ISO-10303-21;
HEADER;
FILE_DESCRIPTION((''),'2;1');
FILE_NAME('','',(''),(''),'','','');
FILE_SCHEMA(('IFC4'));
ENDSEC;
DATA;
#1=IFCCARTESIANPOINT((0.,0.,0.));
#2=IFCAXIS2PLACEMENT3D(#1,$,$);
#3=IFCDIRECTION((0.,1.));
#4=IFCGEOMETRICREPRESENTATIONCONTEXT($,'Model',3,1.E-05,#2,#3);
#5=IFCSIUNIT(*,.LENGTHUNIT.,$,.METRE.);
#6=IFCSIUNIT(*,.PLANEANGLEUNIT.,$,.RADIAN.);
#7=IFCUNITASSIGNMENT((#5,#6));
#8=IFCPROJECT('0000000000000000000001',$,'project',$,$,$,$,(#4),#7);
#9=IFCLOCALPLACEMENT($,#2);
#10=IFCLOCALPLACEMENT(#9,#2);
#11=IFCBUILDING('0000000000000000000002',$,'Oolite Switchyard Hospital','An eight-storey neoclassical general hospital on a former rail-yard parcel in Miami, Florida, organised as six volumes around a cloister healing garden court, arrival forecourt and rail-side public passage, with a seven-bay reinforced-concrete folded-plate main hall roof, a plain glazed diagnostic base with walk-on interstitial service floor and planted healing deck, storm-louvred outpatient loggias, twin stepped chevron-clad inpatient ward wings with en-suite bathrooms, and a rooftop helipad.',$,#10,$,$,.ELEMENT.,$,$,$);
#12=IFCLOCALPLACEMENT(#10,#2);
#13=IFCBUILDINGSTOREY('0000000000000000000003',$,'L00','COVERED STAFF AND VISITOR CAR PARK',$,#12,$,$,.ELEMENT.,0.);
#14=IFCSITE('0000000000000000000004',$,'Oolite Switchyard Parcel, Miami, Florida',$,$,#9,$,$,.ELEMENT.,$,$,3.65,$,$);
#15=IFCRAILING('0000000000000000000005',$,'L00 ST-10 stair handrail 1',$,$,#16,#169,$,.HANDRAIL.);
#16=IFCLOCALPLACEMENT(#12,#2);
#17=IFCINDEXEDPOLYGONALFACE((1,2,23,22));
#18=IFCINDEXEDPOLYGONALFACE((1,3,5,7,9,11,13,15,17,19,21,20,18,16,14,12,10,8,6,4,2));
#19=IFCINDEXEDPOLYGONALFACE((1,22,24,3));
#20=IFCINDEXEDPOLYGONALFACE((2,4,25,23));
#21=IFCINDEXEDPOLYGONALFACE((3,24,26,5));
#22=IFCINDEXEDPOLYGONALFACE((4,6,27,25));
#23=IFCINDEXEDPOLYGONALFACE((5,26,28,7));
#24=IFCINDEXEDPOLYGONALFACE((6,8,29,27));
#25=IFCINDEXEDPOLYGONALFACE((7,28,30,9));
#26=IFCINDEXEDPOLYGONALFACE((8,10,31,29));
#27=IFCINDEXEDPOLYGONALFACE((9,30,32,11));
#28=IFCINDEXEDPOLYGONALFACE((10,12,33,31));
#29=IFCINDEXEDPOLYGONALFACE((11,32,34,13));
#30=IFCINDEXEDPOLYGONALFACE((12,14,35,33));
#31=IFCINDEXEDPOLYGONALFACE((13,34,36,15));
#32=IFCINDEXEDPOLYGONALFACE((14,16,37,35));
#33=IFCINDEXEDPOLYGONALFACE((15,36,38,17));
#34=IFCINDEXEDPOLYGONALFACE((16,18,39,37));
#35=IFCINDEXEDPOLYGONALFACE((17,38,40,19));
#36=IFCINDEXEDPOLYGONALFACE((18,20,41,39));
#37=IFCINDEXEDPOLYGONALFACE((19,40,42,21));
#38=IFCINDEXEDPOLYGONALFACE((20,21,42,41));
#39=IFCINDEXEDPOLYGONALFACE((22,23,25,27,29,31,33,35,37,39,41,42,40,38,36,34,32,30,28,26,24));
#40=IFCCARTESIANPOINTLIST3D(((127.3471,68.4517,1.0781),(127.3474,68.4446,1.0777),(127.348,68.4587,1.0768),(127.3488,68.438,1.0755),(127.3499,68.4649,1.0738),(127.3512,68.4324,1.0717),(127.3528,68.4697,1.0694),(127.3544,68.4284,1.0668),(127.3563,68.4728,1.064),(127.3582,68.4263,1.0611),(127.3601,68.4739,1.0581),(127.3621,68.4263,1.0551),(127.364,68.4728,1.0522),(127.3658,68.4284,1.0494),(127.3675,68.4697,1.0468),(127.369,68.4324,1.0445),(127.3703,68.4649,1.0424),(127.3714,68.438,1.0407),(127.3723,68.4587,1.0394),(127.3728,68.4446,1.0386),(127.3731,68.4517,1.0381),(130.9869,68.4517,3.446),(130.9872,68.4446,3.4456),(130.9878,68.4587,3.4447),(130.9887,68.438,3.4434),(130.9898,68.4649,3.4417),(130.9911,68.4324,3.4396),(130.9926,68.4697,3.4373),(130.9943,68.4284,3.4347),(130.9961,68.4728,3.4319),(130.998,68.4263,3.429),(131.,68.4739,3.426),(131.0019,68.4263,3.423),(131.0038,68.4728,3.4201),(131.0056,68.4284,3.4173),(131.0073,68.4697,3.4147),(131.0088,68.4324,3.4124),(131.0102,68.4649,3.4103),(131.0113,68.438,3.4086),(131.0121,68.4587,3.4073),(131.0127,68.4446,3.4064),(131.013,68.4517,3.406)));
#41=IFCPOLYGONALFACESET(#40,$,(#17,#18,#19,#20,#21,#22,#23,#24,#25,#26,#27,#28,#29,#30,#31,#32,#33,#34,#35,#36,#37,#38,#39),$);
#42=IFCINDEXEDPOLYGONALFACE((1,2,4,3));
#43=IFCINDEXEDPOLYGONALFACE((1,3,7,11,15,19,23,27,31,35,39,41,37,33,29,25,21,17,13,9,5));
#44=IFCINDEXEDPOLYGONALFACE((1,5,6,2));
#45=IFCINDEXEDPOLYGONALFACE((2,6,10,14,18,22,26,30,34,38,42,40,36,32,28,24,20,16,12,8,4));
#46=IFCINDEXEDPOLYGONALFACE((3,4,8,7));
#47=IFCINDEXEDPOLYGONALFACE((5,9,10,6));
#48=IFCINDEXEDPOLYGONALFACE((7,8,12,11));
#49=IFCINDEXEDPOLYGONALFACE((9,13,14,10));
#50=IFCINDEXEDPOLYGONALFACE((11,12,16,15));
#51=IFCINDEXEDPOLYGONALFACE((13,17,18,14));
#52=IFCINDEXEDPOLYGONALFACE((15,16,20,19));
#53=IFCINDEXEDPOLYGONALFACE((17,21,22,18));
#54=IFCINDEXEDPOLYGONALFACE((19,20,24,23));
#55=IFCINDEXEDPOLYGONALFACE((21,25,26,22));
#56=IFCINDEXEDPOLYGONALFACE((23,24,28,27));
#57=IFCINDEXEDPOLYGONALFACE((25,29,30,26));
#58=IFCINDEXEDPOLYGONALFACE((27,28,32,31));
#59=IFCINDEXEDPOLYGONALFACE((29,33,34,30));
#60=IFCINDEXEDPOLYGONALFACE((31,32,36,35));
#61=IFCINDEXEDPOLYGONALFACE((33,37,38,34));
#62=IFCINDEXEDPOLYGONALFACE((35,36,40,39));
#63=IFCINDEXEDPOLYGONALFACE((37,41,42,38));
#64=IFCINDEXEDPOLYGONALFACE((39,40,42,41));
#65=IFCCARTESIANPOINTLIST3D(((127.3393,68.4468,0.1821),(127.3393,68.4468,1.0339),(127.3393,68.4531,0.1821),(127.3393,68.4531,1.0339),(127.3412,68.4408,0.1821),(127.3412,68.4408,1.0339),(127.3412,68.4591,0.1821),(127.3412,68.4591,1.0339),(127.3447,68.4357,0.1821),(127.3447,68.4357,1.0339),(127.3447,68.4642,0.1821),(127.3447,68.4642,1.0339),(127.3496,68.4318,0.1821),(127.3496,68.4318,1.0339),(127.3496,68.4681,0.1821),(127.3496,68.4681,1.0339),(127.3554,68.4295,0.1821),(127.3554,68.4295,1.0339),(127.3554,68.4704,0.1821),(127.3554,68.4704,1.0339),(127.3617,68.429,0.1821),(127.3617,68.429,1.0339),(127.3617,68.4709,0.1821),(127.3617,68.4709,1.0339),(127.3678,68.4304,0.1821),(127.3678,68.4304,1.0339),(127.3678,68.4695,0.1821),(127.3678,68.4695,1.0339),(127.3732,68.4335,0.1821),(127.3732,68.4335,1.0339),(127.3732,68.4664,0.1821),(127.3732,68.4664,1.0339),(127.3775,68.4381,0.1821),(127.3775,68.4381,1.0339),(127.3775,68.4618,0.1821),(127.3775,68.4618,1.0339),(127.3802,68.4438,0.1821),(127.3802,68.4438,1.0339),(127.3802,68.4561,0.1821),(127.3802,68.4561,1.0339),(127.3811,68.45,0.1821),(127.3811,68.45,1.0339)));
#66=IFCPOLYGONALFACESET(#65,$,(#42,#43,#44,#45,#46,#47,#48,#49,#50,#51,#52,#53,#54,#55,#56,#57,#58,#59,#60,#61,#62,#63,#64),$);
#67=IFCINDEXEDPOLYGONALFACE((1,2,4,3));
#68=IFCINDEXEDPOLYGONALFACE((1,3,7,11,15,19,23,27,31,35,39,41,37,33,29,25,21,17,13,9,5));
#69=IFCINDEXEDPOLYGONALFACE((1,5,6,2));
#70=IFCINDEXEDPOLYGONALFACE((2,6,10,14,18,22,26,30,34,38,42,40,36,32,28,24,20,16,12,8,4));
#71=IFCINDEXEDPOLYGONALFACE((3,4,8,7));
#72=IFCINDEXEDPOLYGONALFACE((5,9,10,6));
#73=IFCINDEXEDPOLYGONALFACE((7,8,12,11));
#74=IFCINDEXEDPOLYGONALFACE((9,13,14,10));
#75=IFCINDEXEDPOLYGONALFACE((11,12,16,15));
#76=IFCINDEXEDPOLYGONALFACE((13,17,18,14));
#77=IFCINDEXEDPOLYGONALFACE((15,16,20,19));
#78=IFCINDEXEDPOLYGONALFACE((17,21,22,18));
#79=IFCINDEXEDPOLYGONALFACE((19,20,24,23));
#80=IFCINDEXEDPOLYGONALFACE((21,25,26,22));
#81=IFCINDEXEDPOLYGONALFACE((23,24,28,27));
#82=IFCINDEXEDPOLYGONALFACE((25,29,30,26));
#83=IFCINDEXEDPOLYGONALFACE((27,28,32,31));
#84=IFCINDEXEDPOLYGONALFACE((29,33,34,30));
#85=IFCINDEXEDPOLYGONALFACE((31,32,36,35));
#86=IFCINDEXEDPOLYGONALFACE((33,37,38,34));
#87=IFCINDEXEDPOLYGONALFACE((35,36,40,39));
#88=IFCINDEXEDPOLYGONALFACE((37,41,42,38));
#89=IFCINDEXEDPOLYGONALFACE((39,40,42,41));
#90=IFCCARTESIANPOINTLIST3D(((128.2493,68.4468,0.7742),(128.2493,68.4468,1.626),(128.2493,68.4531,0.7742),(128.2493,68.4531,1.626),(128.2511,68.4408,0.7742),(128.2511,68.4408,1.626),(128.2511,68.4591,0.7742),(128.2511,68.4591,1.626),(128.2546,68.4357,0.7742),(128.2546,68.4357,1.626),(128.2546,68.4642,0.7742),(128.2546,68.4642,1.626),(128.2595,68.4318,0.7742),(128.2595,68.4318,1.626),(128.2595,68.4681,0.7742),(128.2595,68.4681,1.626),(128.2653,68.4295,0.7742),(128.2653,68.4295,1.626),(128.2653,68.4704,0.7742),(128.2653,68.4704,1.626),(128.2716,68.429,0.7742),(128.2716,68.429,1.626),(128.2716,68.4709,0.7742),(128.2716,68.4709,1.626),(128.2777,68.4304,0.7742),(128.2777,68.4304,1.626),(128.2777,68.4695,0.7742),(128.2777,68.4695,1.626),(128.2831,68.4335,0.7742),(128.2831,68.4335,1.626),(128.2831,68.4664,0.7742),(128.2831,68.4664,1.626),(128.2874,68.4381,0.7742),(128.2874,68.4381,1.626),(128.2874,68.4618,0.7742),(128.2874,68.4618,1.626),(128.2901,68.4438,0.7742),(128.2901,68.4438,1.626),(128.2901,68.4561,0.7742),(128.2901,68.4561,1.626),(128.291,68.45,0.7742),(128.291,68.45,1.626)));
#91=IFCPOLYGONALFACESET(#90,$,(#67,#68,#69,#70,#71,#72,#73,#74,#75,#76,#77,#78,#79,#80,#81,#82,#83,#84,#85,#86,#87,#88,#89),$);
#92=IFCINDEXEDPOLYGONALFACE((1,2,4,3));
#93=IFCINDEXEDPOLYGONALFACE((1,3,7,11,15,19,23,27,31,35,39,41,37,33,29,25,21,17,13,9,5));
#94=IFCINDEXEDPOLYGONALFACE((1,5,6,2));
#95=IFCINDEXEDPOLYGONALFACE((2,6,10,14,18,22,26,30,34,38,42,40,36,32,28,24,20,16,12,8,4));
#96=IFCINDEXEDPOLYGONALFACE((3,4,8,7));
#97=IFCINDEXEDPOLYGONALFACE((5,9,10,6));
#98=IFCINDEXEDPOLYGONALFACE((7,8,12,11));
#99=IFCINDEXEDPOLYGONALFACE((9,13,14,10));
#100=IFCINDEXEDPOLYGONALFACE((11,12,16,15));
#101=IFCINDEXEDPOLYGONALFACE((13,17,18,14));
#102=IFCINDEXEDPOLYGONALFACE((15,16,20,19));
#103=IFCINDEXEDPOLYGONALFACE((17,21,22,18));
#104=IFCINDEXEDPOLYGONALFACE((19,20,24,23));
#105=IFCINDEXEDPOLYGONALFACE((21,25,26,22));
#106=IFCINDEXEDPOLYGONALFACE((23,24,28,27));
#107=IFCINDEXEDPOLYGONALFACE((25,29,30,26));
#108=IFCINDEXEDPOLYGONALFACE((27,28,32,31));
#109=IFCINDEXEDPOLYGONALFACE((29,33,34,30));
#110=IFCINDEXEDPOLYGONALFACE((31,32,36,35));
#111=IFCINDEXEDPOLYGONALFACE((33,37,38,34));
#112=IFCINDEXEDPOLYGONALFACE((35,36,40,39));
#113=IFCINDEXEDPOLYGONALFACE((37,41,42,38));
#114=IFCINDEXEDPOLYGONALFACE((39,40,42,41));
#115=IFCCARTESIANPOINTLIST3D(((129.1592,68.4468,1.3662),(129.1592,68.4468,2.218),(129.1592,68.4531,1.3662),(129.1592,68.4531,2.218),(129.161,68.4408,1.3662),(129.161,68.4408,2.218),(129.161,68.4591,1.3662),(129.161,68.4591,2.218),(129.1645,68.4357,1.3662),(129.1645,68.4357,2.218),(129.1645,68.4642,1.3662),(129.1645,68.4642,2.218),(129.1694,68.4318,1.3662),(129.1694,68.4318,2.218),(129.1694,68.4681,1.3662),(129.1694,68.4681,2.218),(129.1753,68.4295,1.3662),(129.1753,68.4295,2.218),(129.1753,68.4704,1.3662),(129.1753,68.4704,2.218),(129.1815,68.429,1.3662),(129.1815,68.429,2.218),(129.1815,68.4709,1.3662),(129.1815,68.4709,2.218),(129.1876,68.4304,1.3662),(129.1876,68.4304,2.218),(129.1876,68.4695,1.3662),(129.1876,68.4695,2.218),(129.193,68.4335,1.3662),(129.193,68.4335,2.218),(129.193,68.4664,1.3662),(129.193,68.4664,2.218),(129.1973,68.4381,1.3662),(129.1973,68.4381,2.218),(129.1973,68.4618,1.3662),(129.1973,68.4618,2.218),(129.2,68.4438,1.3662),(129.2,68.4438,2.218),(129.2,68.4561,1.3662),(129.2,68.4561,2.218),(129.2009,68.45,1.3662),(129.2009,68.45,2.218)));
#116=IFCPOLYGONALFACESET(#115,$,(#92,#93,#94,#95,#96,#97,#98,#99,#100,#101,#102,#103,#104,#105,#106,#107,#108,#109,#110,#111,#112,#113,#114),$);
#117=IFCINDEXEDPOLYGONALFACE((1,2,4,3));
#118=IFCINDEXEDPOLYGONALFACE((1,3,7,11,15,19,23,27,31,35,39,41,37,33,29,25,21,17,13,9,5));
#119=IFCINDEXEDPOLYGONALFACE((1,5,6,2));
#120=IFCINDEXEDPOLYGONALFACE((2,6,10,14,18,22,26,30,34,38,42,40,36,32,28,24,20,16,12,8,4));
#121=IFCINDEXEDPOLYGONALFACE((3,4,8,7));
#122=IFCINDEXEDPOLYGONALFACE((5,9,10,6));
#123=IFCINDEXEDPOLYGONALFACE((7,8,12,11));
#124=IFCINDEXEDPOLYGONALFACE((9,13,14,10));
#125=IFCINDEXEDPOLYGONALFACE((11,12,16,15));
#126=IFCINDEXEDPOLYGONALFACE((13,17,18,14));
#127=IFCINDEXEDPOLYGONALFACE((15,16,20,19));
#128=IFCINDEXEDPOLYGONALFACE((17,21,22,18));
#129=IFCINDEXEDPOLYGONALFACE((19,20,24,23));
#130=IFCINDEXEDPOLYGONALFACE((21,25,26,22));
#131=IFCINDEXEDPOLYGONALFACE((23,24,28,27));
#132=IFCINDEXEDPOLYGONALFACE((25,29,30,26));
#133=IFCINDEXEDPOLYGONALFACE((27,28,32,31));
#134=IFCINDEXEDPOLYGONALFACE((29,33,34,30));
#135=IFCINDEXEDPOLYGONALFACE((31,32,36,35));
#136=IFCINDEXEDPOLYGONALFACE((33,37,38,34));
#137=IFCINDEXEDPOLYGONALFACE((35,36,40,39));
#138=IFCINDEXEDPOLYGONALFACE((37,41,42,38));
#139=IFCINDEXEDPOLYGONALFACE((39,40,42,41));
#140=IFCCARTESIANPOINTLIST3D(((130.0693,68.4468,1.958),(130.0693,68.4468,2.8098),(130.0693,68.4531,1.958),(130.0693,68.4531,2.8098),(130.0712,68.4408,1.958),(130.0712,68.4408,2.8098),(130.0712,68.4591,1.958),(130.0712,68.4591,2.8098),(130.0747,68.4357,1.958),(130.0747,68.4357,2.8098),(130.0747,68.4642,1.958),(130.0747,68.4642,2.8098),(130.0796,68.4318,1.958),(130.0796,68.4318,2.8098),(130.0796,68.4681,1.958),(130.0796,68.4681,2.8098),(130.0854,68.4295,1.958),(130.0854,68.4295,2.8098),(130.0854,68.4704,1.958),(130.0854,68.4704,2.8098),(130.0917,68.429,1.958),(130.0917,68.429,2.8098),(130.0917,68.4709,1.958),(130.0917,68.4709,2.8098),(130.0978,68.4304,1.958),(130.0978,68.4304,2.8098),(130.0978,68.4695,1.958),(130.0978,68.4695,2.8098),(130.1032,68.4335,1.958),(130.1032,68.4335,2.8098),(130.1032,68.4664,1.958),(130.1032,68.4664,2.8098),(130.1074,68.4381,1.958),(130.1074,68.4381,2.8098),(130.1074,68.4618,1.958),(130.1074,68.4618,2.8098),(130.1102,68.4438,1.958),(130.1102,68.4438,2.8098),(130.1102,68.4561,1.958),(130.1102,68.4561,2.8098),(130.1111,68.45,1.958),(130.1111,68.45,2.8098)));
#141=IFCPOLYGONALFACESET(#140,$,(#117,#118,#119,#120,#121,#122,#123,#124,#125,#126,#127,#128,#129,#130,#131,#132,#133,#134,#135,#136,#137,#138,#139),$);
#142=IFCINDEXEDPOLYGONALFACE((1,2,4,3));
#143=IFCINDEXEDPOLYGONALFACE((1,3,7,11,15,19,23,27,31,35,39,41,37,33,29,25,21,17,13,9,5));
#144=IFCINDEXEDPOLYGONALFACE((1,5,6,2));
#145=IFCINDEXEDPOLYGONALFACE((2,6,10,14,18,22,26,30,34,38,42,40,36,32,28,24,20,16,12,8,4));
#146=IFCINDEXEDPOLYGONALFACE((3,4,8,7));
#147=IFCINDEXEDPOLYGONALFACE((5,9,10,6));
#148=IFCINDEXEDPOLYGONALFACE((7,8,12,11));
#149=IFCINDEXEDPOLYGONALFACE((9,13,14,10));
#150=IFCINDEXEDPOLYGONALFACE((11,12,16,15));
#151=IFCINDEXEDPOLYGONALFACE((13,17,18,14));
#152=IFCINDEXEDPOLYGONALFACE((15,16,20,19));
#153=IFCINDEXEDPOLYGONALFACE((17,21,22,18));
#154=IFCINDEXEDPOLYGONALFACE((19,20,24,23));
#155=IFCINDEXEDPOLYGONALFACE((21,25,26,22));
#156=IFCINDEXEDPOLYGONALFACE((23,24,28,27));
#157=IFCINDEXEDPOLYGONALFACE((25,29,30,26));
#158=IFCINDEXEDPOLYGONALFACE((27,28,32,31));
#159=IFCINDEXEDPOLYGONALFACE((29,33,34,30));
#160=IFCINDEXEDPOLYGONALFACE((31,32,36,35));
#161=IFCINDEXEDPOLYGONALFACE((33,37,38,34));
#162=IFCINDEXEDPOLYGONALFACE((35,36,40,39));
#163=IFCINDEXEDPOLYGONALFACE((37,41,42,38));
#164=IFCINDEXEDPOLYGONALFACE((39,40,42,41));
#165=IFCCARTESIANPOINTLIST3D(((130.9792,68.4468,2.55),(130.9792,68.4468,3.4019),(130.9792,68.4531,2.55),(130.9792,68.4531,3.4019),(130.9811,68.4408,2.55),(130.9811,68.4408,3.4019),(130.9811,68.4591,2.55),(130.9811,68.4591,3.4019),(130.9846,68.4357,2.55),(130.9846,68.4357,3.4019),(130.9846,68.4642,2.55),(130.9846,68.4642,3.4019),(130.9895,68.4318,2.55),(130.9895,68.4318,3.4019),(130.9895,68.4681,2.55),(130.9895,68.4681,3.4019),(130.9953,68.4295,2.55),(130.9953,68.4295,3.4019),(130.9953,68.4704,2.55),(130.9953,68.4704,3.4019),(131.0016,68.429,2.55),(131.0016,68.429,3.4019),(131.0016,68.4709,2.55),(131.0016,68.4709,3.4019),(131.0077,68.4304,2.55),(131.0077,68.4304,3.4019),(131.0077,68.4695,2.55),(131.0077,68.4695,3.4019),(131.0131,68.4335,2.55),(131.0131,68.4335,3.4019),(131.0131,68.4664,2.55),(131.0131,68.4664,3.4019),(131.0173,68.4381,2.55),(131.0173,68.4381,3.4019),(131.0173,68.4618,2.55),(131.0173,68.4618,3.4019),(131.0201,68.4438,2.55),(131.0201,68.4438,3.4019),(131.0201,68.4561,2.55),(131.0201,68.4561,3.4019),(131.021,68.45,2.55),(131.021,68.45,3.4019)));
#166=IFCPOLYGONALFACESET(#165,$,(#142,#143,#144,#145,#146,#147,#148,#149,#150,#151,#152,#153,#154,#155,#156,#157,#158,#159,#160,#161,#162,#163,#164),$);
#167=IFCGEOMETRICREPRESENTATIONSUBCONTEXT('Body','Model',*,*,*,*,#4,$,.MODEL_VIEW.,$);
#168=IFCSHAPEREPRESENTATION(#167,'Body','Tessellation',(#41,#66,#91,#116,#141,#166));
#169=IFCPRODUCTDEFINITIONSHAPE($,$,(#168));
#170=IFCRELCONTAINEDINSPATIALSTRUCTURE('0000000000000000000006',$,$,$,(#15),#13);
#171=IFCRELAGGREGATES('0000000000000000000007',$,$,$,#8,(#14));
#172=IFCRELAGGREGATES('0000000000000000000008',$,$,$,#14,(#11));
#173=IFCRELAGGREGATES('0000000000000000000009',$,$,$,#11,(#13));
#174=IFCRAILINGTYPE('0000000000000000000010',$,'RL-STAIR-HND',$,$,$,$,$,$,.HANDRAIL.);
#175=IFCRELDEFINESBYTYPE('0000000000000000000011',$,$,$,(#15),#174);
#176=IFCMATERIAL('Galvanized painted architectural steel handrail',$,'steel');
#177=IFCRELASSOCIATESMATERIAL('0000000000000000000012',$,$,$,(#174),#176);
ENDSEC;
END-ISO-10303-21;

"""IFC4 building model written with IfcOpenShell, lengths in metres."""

from ifc_helpers import new_model, si_unit, direction, frame, origin, origin_2d, place, context, subcontext, project, spatial, circle, extrude, material, type_object, element, save


model = new_model("IFC4")

# Units and contexts
model_context = context("Model", 3, precision=1e-05, world=origin(), true_north=direction((0.0, 1.0)))
body_context = subcontext(model_context, "Body", "Model", "MODEL_VIEW")
ifc_project = project(units=[si_unit("LENGTHUNIT", "METRE"), si_unit("PLANEANGLEUNIT", "RADIAN")], contexts=[model_context])

# Site, building, storey
site_placement = place(None, origin())
site = spatial("IfcSite", under=ifc_project, at=site_placement, Name="Oolite Switchyard Parcel, Miami, Florida", CompositionType="ELEMENT", RefElevation=3.65)
building_placement = place(site_placement, origin())
building = spatial("IfcBuilding", under=site, at=building_placement, Name="Oolite Switchyard Hospital", Description="An eight-storey neoclassical general hospital on a former rail-yard parcel in Miami, Florida, organised as six volumes around a cloister healing garden court, arrival forecourt and rail-side public passage, with a seven-bay reinforced-concrete folded-plate main hall roof, a plain glazed diagnostic base with walk-on interstitial service floor and planted healing deck, storm-louvred outpatient loggias, twin stepped chevron-clad inpatient ward wings with en-suite bathrooms, and a rooftop helipad.", CompositionType="ELEMENT")
storey_placement = place(building_placement, origin())
storey = spatial("IfcBuildingStorey", under=building, at=storey_placement, Name="L00", Description="COVERED STAFF AND VISITOR CAR PARK", CompositionType="ELEMENT", Elevation=0.0)

# Railing
ifc_material_1 = material(Name="Galvanized painted architectural steel handrail", Category="steel")
railing_type_1 = type_object("IfcRailingType", Name="RL-STAIR-HND", PredefinedType="HANDRAIL", material=ifc_material_1)
railing_1_placement = place(storey_placement, frame((127.3601, 68.45, 0.1821)))
element("IfcRailing", 1, at=railing_1_placement, inside=storey, type_object=railing_type_1, Name="L00 ST-10 stair handrail 1", PredefinedType="HANDRAIL", context=body_context, shape_type="SweptSolid", body=[
    extrude(circle(Radius=0.0239, at=origin_2d()), frame((0.0, 0.0, 0.876), z_axis=(0.838234, 0.0, 0.54531), x_axis=(0.0, 1.0, 0.0)), (0.0, 0.0, 1.0), 4.3423),
    extrude(circle(Radius=0.021, at=origin_2d()), origin(), (0.0, 0.0, 1.0), 0.8518),
    extrude(circle(Radius=0.021, at=origin_2d()), frame((0.9099, 0.0, 0.592)), (0.0, 0.0, 1.0), 0.8518),
    extrude(circle(Radius=0.021, at=origin_2d()), frame((1.8198, 0.0, 1.1841)), (0.0, 0.0, 1.0), 0.8518),
    extrude(circle(Radius=0.021, at=origin_2d()), frame((2.73, 0.0, 1.7759)), (0.0, 0.0, 1.0), 0.8518),
    extrude(circle(Radius=0.021, at=origin_2d()), frame((3.6399, 0.0, 2.3679)), (0.0, 0.0, 1.0), 0.8518),
])

save(model, "model.ifc")
